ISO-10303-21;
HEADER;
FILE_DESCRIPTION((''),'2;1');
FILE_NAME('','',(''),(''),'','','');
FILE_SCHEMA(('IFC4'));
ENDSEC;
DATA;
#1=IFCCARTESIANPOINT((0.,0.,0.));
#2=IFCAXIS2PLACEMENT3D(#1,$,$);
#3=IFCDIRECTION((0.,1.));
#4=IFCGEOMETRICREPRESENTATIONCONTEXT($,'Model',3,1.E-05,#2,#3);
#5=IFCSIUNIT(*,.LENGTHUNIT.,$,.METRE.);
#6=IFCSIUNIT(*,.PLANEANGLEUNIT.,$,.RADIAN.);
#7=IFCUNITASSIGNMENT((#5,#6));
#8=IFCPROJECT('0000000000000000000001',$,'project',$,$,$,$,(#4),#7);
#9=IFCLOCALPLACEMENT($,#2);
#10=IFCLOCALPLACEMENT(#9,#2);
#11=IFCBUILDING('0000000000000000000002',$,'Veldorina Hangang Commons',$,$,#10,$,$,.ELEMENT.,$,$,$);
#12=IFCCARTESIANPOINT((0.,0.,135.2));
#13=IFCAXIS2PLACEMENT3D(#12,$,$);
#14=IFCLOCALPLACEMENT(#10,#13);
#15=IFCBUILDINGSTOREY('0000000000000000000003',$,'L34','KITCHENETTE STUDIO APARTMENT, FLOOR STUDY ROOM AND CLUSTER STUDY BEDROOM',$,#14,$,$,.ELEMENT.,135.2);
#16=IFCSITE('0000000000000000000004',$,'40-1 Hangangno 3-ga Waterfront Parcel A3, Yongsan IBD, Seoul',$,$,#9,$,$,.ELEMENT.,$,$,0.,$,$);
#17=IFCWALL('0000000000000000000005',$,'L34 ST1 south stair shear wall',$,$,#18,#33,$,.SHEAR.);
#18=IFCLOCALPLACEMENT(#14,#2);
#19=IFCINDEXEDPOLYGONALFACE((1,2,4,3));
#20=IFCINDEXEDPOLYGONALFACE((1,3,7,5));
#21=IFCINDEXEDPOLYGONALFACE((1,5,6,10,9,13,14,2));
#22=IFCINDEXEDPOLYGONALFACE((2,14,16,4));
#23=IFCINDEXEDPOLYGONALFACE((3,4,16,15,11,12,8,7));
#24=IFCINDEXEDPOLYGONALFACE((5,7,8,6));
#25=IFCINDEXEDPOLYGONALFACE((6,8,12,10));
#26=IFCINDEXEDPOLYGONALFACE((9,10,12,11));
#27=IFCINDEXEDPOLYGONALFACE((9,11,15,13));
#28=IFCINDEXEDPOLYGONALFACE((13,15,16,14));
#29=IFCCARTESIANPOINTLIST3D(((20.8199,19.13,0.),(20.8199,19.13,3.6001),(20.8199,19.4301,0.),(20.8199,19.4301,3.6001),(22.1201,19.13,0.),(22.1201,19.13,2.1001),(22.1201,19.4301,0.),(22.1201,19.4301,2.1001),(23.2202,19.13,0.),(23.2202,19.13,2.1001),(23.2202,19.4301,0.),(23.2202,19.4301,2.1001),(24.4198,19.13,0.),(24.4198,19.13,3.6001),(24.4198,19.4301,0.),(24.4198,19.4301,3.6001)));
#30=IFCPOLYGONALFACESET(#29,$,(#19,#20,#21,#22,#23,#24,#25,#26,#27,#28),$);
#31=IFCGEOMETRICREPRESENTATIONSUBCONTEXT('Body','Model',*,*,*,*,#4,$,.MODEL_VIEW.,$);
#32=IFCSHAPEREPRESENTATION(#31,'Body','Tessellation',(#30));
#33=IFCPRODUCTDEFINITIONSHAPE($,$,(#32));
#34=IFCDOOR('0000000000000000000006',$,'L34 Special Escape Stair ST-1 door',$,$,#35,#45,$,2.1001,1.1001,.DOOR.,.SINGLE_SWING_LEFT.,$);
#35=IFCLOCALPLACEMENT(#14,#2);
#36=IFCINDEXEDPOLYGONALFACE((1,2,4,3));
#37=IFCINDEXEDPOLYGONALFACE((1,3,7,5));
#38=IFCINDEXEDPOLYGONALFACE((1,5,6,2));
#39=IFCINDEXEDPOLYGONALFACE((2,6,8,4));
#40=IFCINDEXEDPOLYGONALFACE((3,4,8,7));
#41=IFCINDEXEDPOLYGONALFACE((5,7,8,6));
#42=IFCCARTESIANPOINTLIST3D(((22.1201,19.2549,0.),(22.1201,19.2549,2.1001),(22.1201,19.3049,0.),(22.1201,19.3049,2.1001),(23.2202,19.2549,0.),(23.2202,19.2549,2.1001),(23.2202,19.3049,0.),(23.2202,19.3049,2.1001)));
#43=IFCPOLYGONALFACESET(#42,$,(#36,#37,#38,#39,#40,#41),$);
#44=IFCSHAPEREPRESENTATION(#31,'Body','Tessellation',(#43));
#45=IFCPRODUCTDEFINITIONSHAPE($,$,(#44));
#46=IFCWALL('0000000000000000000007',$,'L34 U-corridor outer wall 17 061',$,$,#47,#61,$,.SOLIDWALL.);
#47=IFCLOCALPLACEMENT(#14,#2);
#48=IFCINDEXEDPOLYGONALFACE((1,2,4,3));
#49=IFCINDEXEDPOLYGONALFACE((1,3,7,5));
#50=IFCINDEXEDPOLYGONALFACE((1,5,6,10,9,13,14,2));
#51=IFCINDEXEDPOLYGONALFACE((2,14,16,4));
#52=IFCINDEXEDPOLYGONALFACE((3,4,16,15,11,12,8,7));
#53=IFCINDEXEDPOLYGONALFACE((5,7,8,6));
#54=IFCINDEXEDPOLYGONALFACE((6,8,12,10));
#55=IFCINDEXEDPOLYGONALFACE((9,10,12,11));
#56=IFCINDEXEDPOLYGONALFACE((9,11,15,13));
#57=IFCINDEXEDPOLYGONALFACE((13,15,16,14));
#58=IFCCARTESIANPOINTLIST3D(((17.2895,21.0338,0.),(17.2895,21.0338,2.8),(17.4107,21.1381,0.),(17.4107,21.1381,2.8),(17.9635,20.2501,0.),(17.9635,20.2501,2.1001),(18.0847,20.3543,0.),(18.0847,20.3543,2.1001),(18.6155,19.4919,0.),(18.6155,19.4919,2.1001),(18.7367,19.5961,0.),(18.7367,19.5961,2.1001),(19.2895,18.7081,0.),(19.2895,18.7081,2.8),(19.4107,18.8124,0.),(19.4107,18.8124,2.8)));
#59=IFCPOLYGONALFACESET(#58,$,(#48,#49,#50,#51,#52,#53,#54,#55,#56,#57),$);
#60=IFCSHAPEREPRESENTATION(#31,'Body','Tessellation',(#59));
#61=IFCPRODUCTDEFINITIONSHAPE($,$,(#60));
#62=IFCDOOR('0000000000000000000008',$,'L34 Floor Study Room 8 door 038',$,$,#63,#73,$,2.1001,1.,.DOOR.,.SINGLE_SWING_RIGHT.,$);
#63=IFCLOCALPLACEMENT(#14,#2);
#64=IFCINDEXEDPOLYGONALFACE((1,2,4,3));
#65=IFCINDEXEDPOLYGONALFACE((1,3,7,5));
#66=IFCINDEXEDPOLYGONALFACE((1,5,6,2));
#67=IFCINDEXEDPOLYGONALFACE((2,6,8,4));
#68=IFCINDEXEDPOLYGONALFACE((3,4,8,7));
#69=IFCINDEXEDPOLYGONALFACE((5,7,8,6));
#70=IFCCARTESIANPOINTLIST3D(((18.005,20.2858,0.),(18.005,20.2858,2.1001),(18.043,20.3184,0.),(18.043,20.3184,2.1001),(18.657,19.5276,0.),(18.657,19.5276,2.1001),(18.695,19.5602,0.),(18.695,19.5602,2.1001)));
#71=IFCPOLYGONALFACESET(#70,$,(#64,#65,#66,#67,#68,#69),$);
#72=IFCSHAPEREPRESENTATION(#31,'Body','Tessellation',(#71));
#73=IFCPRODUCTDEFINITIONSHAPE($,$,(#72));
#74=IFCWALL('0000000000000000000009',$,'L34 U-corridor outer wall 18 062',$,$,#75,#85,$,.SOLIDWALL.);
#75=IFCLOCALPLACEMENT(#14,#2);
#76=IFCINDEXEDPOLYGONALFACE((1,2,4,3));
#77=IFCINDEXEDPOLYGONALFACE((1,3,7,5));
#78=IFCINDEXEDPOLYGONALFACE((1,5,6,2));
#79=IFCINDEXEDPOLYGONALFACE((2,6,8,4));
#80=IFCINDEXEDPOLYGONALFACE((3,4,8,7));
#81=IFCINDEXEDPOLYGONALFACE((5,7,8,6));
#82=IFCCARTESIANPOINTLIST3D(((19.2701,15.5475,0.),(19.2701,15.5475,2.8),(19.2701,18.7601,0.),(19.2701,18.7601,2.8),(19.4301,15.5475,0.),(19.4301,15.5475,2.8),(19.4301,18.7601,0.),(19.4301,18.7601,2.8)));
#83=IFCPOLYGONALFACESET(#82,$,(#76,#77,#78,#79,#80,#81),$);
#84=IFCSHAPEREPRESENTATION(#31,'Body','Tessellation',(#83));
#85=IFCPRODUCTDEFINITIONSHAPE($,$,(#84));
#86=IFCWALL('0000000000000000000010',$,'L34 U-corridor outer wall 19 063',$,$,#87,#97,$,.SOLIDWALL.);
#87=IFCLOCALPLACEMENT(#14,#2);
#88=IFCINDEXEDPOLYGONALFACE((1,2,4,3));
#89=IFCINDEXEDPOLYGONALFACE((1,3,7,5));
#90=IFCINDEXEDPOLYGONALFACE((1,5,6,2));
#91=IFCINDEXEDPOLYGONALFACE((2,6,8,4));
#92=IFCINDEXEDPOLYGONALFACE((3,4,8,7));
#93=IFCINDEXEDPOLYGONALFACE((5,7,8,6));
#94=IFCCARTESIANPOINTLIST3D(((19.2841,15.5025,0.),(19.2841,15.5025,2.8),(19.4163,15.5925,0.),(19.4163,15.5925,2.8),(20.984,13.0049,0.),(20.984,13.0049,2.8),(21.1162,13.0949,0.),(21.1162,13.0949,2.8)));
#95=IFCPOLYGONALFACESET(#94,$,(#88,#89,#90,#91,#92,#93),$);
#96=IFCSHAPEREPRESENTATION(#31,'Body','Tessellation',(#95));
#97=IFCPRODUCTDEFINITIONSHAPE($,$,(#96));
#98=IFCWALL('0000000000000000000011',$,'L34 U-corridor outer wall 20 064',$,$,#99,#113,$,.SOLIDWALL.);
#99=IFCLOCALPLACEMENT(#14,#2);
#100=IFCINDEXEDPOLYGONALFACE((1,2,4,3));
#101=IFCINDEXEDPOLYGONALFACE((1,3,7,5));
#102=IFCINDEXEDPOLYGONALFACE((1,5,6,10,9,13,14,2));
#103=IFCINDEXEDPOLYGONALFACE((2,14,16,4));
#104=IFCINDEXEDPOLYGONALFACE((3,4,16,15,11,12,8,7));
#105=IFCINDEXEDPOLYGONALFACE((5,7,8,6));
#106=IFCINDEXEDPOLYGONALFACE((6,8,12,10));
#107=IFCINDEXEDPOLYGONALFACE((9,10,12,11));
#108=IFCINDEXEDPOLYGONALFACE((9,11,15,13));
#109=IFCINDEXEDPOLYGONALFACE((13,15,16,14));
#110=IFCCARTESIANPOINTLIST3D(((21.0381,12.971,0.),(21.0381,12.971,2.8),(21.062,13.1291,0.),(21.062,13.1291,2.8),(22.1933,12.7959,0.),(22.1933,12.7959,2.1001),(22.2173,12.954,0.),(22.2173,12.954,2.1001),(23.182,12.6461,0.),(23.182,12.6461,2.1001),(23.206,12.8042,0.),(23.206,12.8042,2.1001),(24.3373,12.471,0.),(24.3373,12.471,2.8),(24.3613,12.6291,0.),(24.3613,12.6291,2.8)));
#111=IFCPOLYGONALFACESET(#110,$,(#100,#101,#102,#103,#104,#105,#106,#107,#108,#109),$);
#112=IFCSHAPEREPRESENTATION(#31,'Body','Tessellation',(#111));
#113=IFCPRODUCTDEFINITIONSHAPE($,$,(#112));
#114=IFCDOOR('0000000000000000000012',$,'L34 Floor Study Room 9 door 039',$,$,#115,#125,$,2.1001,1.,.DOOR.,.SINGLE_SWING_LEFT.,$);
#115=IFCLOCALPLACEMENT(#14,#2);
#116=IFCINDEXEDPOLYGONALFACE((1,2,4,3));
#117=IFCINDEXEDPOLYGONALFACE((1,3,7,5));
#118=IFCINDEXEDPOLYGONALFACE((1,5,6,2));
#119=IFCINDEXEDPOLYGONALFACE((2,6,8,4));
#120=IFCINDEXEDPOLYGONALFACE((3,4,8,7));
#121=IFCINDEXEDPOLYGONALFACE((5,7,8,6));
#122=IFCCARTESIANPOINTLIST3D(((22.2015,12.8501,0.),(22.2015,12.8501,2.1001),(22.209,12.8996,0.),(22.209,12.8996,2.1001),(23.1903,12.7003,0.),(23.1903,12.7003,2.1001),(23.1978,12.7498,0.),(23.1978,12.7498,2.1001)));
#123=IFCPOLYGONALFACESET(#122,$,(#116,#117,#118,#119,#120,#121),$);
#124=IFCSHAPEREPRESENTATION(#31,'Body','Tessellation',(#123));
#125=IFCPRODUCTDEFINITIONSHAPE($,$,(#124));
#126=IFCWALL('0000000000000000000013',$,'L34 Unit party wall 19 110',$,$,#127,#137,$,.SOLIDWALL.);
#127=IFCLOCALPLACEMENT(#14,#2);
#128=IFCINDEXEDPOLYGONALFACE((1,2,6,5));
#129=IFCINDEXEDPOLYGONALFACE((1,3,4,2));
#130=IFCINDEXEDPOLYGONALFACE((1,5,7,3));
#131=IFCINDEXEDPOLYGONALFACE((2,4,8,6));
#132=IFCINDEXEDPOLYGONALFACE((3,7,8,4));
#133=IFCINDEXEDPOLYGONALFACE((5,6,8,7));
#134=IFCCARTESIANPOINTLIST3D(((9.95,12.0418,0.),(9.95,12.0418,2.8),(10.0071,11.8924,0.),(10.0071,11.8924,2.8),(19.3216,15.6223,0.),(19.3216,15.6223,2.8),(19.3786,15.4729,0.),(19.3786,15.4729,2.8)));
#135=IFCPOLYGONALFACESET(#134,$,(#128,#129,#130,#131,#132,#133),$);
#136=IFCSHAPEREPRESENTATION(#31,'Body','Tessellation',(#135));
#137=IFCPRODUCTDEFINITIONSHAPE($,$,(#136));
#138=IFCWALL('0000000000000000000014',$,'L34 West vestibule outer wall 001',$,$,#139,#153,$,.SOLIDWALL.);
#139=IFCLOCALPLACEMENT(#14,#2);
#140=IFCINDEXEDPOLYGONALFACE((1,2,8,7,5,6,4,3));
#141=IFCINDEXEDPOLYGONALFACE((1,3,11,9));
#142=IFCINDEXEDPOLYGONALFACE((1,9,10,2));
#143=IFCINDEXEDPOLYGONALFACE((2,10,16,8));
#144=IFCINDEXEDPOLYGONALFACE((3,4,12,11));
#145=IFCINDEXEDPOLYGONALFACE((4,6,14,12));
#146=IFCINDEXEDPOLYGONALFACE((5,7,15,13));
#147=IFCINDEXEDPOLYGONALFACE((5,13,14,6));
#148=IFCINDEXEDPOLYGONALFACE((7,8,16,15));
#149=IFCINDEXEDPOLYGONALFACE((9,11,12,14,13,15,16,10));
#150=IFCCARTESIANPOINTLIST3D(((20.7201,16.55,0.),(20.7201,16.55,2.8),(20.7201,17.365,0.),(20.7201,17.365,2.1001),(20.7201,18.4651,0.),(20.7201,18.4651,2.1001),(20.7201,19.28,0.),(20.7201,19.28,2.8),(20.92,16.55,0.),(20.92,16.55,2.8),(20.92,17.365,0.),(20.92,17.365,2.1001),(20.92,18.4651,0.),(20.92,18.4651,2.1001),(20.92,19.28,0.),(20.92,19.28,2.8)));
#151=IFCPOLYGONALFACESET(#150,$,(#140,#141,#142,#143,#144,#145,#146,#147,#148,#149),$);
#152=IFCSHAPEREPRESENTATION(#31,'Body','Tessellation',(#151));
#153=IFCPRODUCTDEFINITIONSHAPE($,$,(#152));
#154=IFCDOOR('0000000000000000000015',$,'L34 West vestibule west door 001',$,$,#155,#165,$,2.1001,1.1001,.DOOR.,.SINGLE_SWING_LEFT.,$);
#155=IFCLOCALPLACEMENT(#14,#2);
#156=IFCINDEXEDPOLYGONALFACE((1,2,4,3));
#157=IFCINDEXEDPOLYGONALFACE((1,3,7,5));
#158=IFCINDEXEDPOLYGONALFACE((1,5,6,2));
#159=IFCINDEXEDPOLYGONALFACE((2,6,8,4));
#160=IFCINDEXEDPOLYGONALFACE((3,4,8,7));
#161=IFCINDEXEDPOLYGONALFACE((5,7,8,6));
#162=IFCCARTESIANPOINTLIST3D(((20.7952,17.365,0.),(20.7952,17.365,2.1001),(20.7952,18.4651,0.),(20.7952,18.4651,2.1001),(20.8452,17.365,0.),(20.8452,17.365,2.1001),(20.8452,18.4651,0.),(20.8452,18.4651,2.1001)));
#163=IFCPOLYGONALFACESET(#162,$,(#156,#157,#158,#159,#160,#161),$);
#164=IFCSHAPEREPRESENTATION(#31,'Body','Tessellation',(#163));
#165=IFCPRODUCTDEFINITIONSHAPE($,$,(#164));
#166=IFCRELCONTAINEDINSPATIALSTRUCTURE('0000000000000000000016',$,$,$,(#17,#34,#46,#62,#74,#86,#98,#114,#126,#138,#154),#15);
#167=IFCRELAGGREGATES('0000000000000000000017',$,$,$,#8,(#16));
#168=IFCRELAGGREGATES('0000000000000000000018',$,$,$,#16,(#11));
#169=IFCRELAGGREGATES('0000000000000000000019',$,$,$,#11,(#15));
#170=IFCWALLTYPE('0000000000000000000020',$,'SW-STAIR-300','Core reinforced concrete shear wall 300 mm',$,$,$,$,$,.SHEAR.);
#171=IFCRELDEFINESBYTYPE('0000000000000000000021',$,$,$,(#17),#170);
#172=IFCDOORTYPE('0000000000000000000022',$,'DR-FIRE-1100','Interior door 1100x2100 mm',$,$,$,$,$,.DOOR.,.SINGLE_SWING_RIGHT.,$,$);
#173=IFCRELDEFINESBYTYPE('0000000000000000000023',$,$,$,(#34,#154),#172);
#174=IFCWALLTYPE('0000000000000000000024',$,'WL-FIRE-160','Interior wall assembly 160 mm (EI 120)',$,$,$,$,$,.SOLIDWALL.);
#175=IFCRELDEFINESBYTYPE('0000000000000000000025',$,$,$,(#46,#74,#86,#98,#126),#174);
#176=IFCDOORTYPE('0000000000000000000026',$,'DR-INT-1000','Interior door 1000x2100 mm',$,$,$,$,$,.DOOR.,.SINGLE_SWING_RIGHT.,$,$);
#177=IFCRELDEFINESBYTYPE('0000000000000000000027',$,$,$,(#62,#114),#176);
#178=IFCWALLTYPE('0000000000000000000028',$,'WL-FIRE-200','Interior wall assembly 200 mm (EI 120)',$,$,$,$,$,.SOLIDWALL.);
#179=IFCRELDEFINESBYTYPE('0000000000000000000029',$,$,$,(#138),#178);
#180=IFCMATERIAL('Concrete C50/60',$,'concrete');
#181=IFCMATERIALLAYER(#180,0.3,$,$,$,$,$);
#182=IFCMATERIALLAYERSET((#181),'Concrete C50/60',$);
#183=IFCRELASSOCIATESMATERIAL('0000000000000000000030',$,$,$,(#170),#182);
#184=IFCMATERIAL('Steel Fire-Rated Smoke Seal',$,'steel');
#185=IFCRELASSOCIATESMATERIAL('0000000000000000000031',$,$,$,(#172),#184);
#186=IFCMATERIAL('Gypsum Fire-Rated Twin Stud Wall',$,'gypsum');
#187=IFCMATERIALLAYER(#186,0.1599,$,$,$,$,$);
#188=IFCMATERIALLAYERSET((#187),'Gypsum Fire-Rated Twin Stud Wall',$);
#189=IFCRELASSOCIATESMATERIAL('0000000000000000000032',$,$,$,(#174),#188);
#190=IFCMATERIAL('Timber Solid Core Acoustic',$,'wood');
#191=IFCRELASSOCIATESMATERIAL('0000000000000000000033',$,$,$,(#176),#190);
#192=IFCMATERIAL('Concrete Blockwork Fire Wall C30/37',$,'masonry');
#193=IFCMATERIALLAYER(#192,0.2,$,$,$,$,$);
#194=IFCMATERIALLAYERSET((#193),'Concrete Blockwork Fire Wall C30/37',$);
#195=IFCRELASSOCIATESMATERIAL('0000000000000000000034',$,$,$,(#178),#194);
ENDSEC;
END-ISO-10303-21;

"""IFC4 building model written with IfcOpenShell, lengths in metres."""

from ifc_helpers import new_model, si_unit, direction, frame, frame_2d, origin, place, context, subcontext, project, spatial, rectangle, extrude, material, layer, layer_set, type_object, element, fill, save


model = new_model("IFC4")

# Units and contexts
model_context = context("Model", 3, precision=1e-05, world=origin(), true_north=direction((0.0, 1.0)))
body_context = subcontext(model_context, "Body", "Model", "MODEL_VIEW")
ifc_project = project(units=[si_unit("LENGTHUNIT", "METRE"), si_unit("PLANEANGLEUNIT", "RADIAN")], contexts=[model_context])

# Site, building, storey
site_placement = place(None, origin())
site = spatial("IfcSite", under=ifc_project, at=site_placement, Name="40-1 Hangangno 3-ga Waterfront Parcel A3, Yongsan IBD, Seoul", CompositionType="ELEMENT", RefElevation=0.0)
building_placement = place(site_placement, origin())
building = spatial("IfcBuilding", under=site, at=building_placement, Name="Veldorina Hangang Commons", CompositionType="ELEMENT")
storey_placement = place(building_placement, frame((0.0, 0.0, 135.2)))
storey = spatial("IfcBuildingStorey", under=building, at=storey_placement, Name="L34", Description="KITCHENETTE STUDIO APARTMENT, FLOOR STUDY ROOM AND CLUSTER STUDY BEDROOM", CompositionType="ELEMENT", Elevation=135.2)

# Shared definitions
ifc_material_1 = material(Name="Concrete C50/60", Category="concrete")
ifc_layer_1 = layer(ifc_material_1, 0.3)
ifc_layer_set_1 = layer_set([ifc_layer_1], Name="Concrete C50/60")
wall_type_1 = type_object("IfcWallType", Name="SW-STAIR-300", Description="Core reinforced concrete shear wall 300 mm", PredefinedType="SHEAR", material=ifc_layer_set_1)

# Walls, openings, doors
wall_1_placement = place(storey_placement, frame((20.8201, 19.28, 0.0), z_axis=(0.0, 0.0, 1.0), x_axis=(1.0, 0.0, 0.0)))
wall_1 = element("IfcWall", 1, at=wall_1_placement, inside=storey, type_object=wall_type_1, Name="L34 ST1 south stair shear wall", PredefinedType="SHEAR", context=body_context, shape_type="SweptSolid", body=[
    extrude(rectangle(XDim=3.5999, YDim=0.3, at=frame_2d((1.7998, 0.0))), origin(), (0.0, 0.0, 1.0), 3.6001),
])
opening_1_placement = place(wall_1_placement, frame((1.3, 0.0, 0.0)))
opening_1 = element("IfcOpeningElement", 2, at=opening_1_placement, cuts=wall_1, PredefinedType="OPENING", context=body_context, shape_type="SweptSolid", body=[
    extrude(rectangle(XDim=1.1001, YDim=2.1001, at=frame_2d((0.55, 1.05))), frame((0.0, 0.1602, 0.0), z_axis=(0.0, -1.0, 0.0), x_axis=(1.0, 0.0, 0.0)), (0.0, 0.0, 1.0), 0.3201),
])
ifc_material_2 = material(Name="Steel Fire-Rated Smoke Seal", Category="steel")
door_type_1 = type_object("IfcDoorType", Name="DR-FIRE-1100", Description="Interior door 1100x2100 mm", OperationType="SINGLE_SWING_RIGHT", PredefinedType="DOOR", material=ifc_material_2)
door_1_placement = place(opening_1_placement, origin())
door_1 = element("IfcDoor", 3, at=door_1_placement, inside=storey, type_object=door_type_1, Name="L34 Special Escape Stair ST-1 door", OperationType="SINGLE_SWING_LEFT", OverallHeight=2.1001, OverallWidth=1.1001, PredefinedType="DOOR", context=body_context, shape_type="SweptSolid", body=[
    extrude(rectangle(XDim=1.1001, YDim=2.1001, at=frame_2d((0.55, 1.05))), frame((0.0, 0.0249, 0.0), z_axis=(0.0, -1.0, 0.0), x_axis=(1.0, 0.0, 0.0)), (0.0, 0.0, 1.0), 0.05),
])
fill(opening_1, door_1)
ifc_material_3 = material(Name="Gypsum Fire-Rated Twin Stud Wall", Category="gypsum")
ifc_layer_2 = layer(ifc_material_3, 0.1599)
ifc_layer_set_2 = layer_set([ifc_layer_2], Name="Gypsum Fire-Rated Twin Stud Wall")
wall_type_2 = type_object("IfcWallType", Name="WL-FIRE-160", Description="Interior wall assembly 160 mm (EI 120)", PredefinedType="SOLIDWALL", material=ifc_layer_set_2)
wall_2_placement = place(storey_placement, frame((17.3501, 21.0859, 0.0), z_axis=(0.0, 0.0, 1.0), x_axis=(0.652023, -0.758199, 0.0)))
wall_2 = element("IfcWall", 4, at=wall_2_placement, inside=storey, type_object=wall_type_2, Name="L34 U-corridor outer wall 17 061", PredefinedType="SOLIDWALL", context=body_context, shape_type="SweptSolid", body=[
    extrude(rectangle(XDim=3.0674, YDim=0.1599, at=frame_2d((1.5337, 0.0))), origin(), (0.0, 0.0, 1.0), 2.8),
])
opening_2_placement = place(wall_2_placement, frame((1.0337, 0.0, 0.0)))
opening_2 = element("IfcOpeningElement", 5, at=opening_2_placement, cuts=wall_2, PredefinedType="OPENING", context=body_context, shape_type="SweptSolid", body=[
    extrude(rectangle(XDim=1.0, YDim=2.1001, at=frame_2d((0.5, 1.05))), frame((0.0, 0.0898, 0.0), z_axis=(0.0, -1.0, 0.0), x_axis=(1.0, 0.0, 0.0)), (0.0, 0.0, 1.0), 0.1799),
])
ifc_material_4 = material(Name="Timber Solid Core Acoustic", Category="wood")
door_type_2 = type_object("IfcDoorType", Name="DR-INT-1000", Description="Interior door 1000x2100 mm", OperationType="SINGLE_SWING_RIGHT", PredefinedType="DOOR", material=ifc_material_4)
door_2_placement = place(opening_2_placement, origin())
door_2 = element("IfcDoor", 6, at=door_2_placement, inside=storey, type_object=door_type_2, Name="L34 Floor Study Room 8 door 038", OperationType="SINGLE_SWING_RIGHT", OverallHeight=2.1001, OverallWidth=1.0, PredefinedType="DOOR", context=body_context, shape_type="SweptSolid", body=[
    extrude(rectangle(XDim=1.0, YDim=2.1001, at=frame_2d((0.5, 1.05))), frame((0.0, 0.0249, 0.0), z_axis=(0.0, -1.0, 0.0), x_axis=(1.0, 0.0, 0.0)), (0.0, 0.0, 1.0), 0.05),
])
fill(opening_2, door_2)

# Walls
wall_3_placement = place(storey_placement, frame((19.3501, 18.7603, 0.0), z_axis=(0.0, 0.0, 1.0), x_axis=(0.0, -1.0, 0.0)))
element("IfcWall", 7, at=wall_3_placement, inside=storey, type_object=wall_type_2, Name="L34 U-corridor outer wall 18 062", PredefinedType="SOLIDWALL", context=body_context, shape_type="SweptSolid", body=[
    extrude(rectangle(XDim=3.2126, YDim=0.1599, at=frame_2d((1.6064, 0.0))), origin(), (0.0, 0.0, 1.0), 2.8),
])
wall_4_placement = place(storey_placement, frame((19.3501, 15.5476, 0.0), z_axis=(0.0, 0.0, 1.0), x_axis=(0.562675, -0.826678, 0.0)))
element("IfcWall", 8, at=wall_4_placement, inside=storey, type_object=wall_type_2, Name="L34 U-corridor outer wall 19 063", PredefinedType="SOLIDWALL", context=body_context, shape_type="SweptSolid", body=[
    extrude(rectangle(XDim=3.0212, YDim=0.1599, at=frame_2d((1.5107, 0.0))), origin(), (0.0, 0.0, 1.0), 2.8),
])

# Wall, opening, door
wall_5_placement = place(storey_placement, frame((21.05, 13.05, 0.0), z_axis=(0.0, 0.0, 1.0), x_axis=(0.988711, -0.149836, 0.0)))
wall_5 = element("IfcWall", 9, at=wall_5_placement, inside=storey, type_object=wall_type_2, Name="L34 U-corridor outer wall 20 064", PredefinedType="SOLIDWALL", context=body_context, shape_type="SweptSolid", body=[
    extrude(rectangle(XDim=3.3369, YDim=0.1599, at=frame_2d((1.6685, 0.0))), origin(), (0.0, 0.0, 1.0), 2.8),
])
opening_3_placement = place(wall_5_placement, frame((1.1685, 0.0, 0.0)))
opening_3 = element("IfcOpeningElement", 10, at=opening_3_placement, cuts=wall_5, PredefinedType="OPENING", context=body_context, shape_type="SweptSolid", body=[
    extrude(rectangle(XDim=1.0, YDim=2.1001, at=frame_2d((0.5, 1.05))), frame((0.0, 0.0898, 0.0), z_axis=(0.0, -1.0, 0.0), x_axis=(1.0, 0.0, 0.0)), (0.0, 0.0, 1.0), 0.1799),
])
door_3_placement = place(opening_3_placement, origin())
door_3 = element("IfcDoor", 11, at=door_3_placement, inside=storey, type_object=door_type_2, Name="L34 Floor Study Room 9 door 039", OperationType="SINGLE_SWING_LEFT", OverallHeight=2.1001, OverallWidth=1.0, PredefinedType="DOOR", context=body_context, shape_type="SweptSolid", body=[
    extrude(rectangle(XDim=1.0, YDim=2.1001, at=frame_2d((0.5, 1.05))), frame((0.0, 0.0249, 0.0), z_axis=(0.0, -1.0, 0.0), x_axis=(1.0, 0.0, 0.0)), (0.0, 0.0, 1.0), 0.05),
])
fill(opening_3, door_3)

# Wall
wall_6_placement = place(storey_placement, frame((19.3501, 15.5476, 0.0), z_axis=(0.0, 0.0, 1.0), x_axis=(-0.934141, -0.356904, 0.0)))
element("IfcWall", 12, at=wall_6_placement, inside=storey, type_object=wall_type_2, Name="L34 Unit party wall 19 110", PredefinedType="SOLIDWALL", context=body_context, shape_type="SweptSolid", body=[
    extrude(rectangle(XDim=10.0322, YDim=0.1599, at=frame_2d((5.0161, 0.0))), origin(), (0.0, 0.0, 1.0), 2.8),
])

# Wall, opening, door
ifc_material_5 = material(Name="Concrete Blockwork Fire Wall C30/37", Category="masonry")
ifc_layer_3 = layer(ifc_material_5, 0.2)
ifc_layer_set_3 = layer_set([ifc_layer_3], Name="Concrete Blockwork Fire Wall C30/37")
wall_type_3 = type_object("IfcWallType", Name="WL-FIRE-200", Description="Interior wall assembly 200 mm (EI 120)", PredefinedType="SOLIDWALL", material=ifc_layer_set_3)
wall_7_placement = place(storey_placement, frame((20.8201, 16.55, 0.0), z_axis=(0.0, 0.0, 1.0), x_axis=(0.0, 1.0, 0.0)))
wall_7 = element("IfcWall", 13, at=wall_7_placement, inside=storey, type_object=wall_type_3, Name="L34 West vestibule outer wall 001", PredefinedType="SOLIDWALL", context=body_context, shape_type="SweptSolid", body=[
    extrude(rectangle(XDim=2.73, YDim=0.2, at=frame_2d((1.365, 0.0))), origin(), (0.0, 0.0, 1.0), 2.8),
])
opening_4_placement = place(wall_7_placement, frame((0.8149, 0.0, 0.0)))
opening_4 = element("IfcOpeningElement", 14, at=opening_4_placement, cuts=wall_7, PredefinedType="OPENING", context=body_context, shape_type="SweptSolid", body=[
    extrude(rectangle(XDim=1.1001, YDim=2.1001, at=frame_2d((0.55, 1.05))), frame((0.0, 0.1099, 0.0), z_axis=(0.0, -1.0, 0.0), x_axis=(1.0, 0.0, 0.0)), (0.0, 0.0, 1.0), 0.22),
])
door_4_placement = place(opening_4_placement, origin())
door_4 = element("IfcDoor", 15, at=door_4_placement, inside=storey, type_object=door_type_1, Name="L34 West vestibule west door 001", OperationType="SINGLE_SWING_LEFT", OverallHeight=2.1001, OverallWidth=1.1001, PredefinedType="DOOR", context=body_context, shape_type="SweptSolid", body=[
    extrude(rectangle(XDim=1.1001, YDim=2.1001, at=frame_2d((0.55, 1.05))), frame((0.0, 0.0249, 0.0), z_axis=(0.0, -1.0, 0.0), x_axis=(1.0, 0.0, 0.0)), (0.0, 0.0, 1.0), 0.05),
])
fill(opening_4, door_4)

save(model, "model.ifc")
